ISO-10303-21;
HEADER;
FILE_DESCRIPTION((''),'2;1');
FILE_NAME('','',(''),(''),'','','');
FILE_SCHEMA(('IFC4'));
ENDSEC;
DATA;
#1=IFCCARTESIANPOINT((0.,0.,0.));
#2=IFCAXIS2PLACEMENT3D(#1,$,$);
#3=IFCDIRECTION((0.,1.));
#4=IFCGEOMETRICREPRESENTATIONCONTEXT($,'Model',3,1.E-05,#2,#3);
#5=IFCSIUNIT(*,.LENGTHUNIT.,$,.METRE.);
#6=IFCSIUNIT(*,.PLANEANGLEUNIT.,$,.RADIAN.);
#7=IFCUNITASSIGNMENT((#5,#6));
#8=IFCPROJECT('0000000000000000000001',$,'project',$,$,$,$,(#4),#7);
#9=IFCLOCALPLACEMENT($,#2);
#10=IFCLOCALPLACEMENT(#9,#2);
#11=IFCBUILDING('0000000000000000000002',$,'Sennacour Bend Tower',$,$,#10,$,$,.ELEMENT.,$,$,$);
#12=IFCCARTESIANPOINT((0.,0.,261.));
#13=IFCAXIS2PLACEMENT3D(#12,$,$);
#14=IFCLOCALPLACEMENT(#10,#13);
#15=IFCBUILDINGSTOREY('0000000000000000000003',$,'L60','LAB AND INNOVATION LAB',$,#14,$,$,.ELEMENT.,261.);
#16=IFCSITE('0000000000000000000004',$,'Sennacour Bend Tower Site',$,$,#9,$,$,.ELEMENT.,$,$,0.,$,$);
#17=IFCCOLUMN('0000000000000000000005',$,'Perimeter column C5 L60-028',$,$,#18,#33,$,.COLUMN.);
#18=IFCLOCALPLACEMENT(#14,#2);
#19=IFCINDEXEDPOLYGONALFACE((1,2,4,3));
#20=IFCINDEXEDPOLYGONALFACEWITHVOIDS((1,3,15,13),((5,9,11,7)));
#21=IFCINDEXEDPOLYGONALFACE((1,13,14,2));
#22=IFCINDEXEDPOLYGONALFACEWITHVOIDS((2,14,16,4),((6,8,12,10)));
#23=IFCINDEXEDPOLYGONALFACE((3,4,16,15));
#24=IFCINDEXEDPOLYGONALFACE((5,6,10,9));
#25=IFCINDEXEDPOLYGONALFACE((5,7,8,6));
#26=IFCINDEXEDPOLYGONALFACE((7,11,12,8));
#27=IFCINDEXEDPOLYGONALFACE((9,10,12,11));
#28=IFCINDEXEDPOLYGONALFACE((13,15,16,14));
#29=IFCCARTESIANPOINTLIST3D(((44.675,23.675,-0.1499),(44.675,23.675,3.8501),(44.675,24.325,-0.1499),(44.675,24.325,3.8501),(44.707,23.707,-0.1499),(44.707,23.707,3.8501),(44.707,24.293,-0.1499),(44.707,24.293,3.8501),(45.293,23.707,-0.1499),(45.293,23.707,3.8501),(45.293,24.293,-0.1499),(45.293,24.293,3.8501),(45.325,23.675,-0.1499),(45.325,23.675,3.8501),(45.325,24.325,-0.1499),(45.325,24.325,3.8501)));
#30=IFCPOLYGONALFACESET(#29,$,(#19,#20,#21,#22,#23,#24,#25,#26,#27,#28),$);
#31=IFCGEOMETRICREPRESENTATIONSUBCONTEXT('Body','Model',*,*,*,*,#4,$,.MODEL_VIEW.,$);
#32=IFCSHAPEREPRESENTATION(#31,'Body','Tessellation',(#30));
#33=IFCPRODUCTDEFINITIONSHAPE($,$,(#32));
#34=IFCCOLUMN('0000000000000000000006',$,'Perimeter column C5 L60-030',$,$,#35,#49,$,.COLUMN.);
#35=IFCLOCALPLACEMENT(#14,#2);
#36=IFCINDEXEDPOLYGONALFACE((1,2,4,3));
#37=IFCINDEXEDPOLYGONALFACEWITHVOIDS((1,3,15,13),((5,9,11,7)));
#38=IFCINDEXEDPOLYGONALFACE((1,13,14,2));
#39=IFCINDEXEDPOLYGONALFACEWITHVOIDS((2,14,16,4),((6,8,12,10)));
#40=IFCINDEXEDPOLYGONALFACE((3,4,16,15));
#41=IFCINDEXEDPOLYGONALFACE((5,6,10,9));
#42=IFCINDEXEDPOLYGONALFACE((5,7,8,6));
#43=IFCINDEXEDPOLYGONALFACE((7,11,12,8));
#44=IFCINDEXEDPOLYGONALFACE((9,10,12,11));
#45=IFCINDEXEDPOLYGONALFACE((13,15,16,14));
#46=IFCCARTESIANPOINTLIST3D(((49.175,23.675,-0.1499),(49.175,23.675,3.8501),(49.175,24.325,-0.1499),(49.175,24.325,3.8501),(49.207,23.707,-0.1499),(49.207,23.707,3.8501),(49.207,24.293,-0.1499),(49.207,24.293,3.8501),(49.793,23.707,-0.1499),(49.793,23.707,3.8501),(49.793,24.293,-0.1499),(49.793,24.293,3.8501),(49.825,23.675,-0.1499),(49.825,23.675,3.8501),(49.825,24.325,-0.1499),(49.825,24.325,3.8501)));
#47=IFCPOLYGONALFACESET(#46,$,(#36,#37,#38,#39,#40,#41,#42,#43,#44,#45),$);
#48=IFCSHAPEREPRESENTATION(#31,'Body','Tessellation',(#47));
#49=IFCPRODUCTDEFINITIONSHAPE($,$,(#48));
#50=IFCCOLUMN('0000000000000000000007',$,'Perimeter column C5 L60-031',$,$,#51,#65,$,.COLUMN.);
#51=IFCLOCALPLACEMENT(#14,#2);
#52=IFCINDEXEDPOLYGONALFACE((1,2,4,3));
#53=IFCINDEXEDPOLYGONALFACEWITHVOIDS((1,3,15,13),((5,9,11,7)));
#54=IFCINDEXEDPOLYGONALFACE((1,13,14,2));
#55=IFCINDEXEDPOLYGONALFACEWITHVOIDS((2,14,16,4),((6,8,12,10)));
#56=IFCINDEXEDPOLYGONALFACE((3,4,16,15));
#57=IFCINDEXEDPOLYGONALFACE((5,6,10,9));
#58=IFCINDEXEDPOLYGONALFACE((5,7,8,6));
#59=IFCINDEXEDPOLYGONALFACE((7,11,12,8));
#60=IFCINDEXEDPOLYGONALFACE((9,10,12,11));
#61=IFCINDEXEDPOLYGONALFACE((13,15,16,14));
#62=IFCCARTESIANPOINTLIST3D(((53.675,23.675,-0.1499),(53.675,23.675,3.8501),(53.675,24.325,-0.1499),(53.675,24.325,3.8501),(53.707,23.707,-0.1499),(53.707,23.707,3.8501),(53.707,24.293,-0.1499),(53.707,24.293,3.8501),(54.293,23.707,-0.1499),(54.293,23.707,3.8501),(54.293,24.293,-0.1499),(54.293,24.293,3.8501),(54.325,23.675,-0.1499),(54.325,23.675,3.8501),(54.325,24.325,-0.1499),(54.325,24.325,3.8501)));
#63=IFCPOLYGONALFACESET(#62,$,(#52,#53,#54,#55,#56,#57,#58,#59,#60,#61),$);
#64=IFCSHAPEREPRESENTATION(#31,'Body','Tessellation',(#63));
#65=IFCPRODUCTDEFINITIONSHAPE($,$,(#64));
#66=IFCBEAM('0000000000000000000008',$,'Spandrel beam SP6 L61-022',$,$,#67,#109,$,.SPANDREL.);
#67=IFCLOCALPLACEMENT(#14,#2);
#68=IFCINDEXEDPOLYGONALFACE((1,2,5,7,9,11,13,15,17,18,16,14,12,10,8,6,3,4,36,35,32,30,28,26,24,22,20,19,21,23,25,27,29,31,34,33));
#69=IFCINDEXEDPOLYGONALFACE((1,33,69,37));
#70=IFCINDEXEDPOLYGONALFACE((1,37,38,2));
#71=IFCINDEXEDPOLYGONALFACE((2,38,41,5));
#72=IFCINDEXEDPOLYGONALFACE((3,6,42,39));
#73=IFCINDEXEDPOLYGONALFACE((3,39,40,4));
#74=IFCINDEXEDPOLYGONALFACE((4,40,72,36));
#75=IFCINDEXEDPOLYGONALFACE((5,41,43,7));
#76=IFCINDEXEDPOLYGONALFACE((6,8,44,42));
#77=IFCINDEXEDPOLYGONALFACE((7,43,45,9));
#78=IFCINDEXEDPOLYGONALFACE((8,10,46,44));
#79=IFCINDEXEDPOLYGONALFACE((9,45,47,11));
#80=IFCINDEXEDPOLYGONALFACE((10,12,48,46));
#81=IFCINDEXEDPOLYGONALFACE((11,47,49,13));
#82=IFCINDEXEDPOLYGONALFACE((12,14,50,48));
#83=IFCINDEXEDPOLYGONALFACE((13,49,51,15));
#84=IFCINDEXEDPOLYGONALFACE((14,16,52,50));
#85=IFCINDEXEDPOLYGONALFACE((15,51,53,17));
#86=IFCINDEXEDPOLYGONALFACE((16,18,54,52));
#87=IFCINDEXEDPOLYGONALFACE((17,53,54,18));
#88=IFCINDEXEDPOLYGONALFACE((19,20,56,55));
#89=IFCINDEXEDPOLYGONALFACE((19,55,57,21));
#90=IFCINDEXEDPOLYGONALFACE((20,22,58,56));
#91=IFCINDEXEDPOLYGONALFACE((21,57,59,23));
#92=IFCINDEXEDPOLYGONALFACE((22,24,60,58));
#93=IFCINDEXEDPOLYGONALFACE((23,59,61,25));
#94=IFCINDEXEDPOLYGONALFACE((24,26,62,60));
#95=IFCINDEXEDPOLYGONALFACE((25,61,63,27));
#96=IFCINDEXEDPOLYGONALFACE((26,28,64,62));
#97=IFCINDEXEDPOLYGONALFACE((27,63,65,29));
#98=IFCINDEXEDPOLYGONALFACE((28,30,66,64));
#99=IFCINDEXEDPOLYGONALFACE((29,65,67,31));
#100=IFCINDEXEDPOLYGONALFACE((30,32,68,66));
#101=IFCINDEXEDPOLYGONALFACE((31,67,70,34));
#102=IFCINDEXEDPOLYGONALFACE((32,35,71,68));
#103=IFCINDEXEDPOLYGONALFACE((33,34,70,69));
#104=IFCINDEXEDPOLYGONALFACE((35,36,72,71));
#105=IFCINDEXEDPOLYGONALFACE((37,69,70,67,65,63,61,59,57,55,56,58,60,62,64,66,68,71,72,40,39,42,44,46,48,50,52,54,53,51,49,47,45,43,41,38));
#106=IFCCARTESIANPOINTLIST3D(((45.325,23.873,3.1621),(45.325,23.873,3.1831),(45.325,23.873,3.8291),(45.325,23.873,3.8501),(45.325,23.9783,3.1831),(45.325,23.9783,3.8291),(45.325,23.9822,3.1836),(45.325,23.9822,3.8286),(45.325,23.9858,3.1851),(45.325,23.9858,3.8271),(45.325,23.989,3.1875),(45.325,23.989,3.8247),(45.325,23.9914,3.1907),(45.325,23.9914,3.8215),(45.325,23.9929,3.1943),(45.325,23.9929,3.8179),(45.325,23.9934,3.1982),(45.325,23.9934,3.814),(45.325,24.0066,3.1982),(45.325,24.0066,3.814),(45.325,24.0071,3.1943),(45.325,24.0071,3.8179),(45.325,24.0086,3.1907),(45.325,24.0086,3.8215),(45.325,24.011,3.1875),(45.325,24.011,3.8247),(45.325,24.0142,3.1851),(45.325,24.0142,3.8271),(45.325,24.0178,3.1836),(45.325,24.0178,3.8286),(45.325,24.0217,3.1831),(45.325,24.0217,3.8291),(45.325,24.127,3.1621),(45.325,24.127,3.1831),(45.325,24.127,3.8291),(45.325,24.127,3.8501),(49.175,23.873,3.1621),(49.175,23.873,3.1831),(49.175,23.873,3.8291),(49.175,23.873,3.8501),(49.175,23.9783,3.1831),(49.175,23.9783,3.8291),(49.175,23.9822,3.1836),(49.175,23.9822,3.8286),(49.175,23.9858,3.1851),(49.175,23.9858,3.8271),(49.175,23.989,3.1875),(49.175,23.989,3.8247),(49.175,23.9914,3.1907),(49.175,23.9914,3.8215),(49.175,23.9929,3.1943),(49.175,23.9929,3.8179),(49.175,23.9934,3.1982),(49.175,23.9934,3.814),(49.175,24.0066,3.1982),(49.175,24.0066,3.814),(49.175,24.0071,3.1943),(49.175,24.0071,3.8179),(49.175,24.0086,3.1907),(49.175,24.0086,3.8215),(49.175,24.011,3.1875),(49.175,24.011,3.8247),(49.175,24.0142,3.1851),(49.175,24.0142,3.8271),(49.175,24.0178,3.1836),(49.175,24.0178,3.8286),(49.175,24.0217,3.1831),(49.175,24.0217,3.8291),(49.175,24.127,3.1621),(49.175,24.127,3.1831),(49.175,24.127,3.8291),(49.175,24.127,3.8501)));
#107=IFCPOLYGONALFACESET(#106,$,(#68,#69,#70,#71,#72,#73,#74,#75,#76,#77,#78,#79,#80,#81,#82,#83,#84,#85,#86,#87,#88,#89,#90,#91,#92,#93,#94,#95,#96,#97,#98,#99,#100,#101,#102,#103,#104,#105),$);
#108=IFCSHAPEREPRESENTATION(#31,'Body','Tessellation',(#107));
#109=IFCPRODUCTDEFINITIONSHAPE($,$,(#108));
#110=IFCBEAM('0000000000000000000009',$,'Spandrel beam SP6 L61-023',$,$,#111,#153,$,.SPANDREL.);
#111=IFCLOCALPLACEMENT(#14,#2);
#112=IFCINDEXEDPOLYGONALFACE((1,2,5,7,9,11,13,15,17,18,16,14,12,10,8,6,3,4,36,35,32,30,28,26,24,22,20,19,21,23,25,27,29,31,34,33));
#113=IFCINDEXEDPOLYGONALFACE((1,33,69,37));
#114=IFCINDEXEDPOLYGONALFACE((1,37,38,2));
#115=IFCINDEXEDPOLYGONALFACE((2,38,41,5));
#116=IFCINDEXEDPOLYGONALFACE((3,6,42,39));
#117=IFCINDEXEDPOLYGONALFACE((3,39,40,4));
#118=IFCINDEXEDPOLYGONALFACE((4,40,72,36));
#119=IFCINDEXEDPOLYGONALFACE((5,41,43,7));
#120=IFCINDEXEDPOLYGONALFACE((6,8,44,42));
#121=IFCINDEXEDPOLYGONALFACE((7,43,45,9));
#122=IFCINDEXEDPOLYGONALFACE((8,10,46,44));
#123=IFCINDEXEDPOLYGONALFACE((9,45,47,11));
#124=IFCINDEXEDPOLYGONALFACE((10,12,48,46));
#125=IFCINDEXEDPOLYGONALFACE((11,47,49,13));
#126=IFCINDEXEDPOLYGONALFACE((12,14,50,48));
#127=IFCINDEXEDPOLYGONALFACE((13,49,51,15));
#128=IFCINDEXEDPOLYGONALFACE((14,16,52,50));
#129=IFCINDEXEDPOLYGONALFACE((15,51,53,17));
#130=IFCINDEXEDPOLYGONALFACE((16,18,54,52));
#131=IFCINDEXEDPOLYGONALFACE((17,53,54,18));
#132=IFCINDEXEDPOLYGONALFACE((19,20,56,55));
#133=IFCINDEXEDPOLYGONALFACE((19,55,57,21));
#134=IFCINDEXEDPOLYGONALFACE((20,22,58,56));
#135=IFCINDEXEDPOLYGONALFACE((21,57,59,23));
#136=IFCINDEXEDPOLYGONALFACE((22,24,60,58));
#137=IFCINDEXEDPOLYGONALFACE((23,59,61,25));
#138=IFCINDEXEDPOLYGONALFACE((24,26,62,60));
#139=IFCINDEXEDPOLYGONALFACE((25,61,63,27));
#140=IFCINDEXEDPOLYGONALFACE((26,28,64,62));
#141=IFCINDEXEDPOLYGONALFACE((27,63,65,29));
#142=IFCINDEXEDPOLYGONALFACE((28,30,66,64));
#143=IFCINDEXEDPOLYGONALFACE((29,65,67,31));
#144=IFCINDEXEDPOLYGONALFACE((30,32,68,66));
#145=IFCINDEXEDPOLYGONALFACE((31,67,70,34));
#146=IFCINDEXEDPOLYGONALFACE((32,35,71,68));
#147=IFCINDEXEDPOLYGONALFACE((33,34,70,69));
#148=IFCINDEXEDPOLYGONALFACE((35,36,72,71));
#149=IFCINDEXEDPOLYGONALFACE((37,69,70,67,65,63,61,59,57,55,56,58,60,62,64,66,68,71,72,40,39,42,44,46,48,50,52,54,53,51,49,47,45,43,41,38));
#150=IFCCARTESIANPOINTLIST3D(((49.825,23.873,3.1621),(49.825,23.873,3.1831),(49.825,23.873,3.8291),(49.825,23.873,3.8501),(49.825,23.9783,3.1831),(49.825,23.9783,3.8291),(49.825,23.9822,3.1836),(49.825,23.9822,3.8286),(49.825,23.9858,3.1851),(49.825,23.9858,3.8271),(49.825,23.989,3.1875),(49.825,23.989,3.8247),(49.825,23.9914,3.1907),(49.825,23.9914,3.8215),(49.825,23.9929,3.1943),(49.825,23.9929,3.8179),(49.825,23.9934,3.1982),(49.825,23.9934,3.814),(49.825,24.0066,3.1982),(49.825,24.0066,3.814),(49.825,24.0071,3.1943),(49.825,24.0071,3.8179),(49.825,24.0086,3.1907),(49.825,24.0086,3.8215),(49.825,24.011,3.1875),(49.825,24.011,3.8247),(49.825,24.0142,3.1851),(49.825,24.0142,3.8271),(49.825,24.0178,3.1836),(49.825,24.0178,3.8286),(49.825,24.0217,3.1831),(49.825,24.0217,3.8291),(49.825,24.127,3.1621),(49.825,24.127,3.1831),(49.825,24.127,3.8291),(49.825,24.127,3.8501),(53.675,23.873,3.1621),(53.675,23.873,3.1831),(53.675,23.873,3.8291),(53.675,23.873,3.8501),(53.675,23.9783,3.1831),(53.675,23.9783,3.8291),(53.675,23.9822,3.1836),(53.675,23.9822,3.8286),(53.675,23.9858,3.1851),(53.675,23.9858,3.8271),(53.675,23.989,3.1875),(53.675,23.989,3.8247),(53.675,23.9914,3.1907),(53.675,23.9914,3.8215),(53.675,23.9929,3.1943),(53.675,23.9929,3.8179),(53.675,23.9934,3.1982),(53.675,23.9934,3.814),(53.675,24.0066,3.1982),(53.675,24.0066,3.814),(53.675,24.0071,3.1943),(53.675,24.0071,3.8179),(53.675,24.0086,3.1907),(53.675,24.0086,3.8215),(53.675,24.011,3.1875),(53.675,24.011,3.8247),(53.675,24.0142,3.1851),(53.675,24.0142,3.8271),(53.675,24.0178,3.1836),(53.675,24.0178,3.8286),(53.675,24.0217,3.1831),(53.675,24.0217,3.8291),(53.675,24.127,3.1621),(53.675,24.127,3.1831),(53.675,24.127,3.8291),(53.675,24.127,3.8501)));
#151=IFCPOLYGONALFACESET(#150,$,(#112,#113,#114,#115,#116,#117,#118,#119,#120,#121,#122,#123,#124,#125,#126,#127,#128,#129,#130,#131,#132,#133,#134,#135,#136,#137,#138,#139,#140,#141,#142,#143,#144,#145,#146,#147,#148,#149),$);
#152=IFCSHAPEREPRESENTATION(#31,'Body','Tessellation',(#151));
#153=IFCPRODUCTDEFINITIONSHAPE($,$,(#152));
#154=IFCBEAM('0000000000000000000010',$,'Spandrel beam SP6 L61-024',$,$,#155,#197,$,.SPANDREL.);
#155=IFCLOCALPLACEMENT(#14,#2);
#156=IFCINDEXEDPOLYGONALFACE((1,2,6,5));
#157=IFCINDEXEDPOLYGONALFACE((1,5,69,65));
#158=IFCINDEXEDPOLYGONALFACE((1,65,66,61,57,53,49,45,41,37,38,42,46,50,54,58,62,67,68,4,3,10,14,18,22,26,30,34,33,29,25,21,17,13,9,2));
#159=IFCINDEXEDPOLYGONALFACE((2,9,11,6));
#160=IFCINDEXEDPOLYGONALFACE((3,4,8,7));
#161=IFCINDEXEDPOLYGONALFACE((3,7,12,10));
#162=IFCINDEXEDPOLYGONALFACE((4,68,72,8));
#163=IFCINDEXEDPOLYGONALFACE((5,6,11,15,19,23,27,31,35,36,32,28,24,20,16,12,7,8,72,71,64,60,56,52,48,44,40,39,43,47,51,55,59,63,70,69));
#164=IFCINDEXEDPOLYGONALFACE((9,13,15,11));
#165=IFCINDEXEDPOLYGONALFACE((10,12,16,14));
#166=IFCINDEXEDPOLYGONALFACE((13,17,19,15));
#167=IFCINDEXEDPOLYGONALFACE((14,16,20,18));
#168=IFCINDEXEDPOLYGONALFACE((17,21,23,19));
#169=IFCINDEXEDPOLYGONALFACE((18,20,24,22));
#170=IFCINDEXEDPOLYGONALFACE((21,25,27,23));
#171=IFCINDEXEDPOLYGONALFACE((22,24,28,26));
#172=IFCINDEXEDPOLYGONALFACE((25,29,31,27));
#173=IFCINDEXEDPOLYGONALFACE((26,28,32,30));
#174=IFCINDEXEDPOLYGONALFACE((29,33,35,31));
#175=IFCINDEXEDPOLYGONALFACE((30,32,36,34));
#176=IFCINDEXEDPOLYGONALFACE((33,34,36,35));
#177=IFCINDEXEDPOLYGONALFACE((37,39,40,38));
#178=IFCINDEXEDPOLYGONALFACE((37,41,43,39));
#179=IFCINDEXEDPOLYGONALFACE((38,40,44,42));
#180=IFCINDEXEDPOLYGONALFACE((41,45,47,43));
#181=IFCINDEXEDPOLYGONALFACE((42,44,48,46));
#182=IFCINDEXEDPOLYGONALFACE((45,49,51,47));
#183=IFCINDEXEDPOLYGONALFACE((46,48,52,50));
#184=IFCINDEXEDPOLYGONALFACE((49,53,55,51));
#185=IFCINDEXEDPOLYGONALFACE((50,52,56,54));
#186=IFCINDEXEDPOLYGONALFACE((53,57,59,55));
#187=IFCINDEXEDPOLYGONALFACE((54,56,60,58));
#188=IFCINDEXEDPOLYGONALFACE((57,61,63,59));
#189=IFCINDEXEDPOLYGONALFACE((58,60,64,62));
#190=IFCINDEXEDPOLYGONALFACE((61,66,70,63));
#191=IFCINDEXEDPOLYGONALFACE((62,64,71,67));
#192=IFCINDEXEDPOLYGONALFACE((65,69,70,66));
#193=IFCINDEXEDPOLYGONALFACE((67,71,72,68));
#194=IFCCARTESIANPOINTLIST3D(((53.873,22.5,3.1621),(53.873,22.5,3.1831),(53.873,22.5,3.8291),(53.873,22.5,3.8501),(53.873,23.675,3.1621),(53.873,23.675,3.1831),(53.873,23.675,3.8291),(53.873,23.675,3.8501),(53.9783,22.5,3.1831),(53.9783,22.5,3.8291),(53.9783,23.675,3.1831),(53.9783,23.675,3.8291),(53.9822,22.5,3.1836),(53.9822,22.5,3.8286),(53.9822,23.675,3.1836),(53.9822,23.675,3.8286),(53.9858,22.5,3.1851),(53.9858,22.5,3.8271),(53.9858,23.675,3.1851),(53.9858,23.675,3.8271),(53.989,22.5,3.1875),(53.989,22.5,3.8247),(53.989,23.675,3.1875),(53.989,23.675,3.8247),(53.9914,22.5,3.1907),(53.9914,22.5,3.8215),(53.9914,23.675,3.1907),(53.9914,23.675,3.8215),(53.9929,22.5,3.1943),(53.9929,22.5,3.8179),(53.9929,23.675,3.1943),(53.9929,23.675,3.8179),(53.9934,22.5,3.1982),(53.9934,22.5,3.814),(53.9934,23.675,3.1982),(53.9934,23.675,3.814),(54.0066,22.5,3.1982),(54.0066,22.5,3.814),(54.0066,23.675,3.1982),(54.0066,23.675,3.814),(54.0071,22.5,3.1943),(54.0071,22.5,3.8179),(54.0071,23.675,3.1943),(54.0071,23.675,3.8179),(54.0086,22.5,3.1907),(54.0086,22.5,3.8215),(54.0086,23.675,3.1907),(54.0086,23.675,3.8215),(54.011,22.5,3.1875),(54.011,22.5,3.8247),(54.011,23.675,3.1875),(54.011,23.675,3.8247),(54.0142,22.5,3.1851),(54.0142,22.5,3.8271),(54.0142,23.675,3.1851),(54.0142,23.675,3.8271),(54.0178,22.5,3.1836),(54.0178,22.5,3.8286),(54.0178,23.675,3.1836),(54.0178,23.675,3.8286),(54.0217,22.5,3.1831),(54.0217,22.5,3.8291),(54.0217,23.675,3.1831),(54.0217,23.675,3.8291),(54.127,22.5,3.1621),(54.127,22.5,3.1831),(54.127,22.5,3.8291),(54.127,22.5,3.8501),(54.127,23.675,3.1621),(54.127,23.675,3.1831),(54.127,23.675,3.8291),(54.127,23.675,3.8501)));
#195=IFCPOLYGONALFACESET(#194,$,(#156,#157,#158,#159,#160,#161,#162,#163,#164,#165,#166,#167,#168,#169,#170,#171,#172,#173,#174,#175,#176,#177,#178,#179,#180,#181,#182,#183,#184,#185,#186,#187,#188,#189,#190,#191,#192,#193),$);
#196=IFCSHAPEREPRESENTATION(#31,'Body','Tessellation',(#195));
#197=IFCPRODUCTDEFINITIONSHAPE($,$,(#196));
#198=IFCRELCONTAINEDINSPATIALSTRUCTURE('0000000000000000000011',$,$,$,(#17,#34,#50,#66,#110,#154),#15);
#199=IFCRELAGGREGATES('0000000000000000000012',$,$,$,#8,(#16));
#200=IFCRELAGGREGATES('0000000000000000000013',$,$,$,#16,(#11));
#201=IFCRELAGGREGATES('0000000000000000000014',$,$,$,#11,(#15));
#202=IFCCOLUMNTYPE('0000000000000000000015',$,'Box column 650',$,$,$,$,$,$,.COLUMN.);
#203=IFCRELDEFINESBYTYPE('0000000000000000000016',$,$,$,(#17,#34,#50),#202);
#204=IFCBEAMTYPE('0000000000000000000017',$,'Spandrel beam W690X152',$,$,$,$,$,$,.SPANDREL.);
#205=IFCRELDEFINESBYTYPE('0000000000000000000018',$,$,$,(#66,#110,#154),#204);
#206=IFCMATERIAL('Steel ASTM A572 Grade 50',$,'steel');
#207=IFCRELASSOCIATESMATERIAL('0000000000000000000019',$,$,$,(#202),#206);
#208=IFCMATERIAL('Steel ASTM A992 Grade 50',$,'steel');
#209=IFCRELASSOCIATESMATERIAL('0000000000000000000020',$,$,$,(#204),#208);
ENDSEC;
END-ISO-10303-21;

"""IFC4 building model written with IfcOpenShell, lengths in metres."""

from ifc_helpers import new_model, si_unit, direction, frame, origin, origin_2d, place, context, subcontext, project, spatial, hollow_rectangle, i_section, extrude, material, material_profile, profile_set, type_object, element, save


model = new_model("IFC4")

# Units and contexts
model_context = context("Model", 3, precision=1e-05, world=origin(), true_north=direction((0.0, 1.0)))
body_context = subcontext(model_context, "Body", "Model", "MODEL_VIEW")
ifc_project = project(units=[si_unit("LENGTHUNIT", "METRE"), si_unit("PLANEANGLEUNIT", "RADIAN")], contexts=[model_context])

# Site, building, storey
site_placement = place(None, origin())
site = spatial("IfcSite", under=ifc_project, at=site_placement, Name="Sennacour Bend Tower Site", CompositionType="ELEMENT", RefElevation=0.0)
building_placement = place(site_placement, origin())
building = spatial("IfcBuilding", under=site, at=building_placement, Name="Sennacour Bend Tower", CompositionType="ELEMENT")
storey_placement = place(building_placement, frame((0.0, 0.0, 261.0)))
storey = spatial("IfcBuildingStorey", under=building, at=storey_placement, Name="L60", Description="LAB AND INNOVATION LAB", CompositionType="ELEMENT", Elevation=261.0)

# Columns
ifc_material_1 = material(Name="Steel ASTM A572 Grade 50", Category="steel")
ifc_material_profile_1 = material_profile(ifc_material_1, hollow_rectangle(XDim=0.6499, YDim=0.6499, WallThickness=0.032, at=origin_2d()), Name="Steel ASTM A572 Grade 50", Category="steel")
ifc_profile_set_1 = profile_set([ifc_material_profile_1], Name="Steel ASTM A572 Grade 50")
column_type = type_object("IfcColumnType", Name="Box column 650", PredefinedType="COLUMN", material=ifc_profile_set_1)
for number, where, z_axis, x_axis, name in (
    (1, (45.0, 24.0, -0.1499), (0.0, 0.0, 1.0), (1.0, 0.0, 0.0), "Perimeter column C5 L60-028"),
    (2, (49.5, 24.0, -0.1499), (0.0, 0.0, 1.0), (1.0, 0.0, 0.0), "Perimeter column C5 L60-030"),
    (3, (54.0, 24.0, -0.1499), (0.0, 0.0, 1.0), (1.0, 0.0, 0.0), "Perimeter column C5 L60-031"),
):
    element("IfcColumn", number, at=place(storey_placement, frame(where, z_axis=z_axis, x_axis=x_axis)), inside=storey, type_object=column_type, Name=name, PredefinedType="COLUMN", context=body_context, shape_type="SweptSolid", body=[
        extrude(hollow_rectangle(XDim=0.6499, YDim=0.6499, WallThickness=0.032, at=origin_2d()), origin(), (0.0, 0.0, 1.0), 4.0),
    ])

# Beams
ifc_material_2 = material(Name="Steel ASTM A992 Grade 50", Category="steel")
ifc_material_profile_2 = material_profile(ifc_material_2, i_section(OverallWidth=0.2539, OverallDepth=0.688, WebThickness=0.0132, FlangeThickness=0.021, FilletRadius=0.0151, at=origin_2d()), Name="Steel ASTM A992 Grade 50", Category="steel")
ifc_profile_set_2 = profile_set([ifc_material_profile_2], Name="Steel ASTM A992 Grade 50")
beam_type = type_object("IfcBeamType", Name="Spandrel beam W690X152", PredefinedType="SPANDREL", material=ifc_profile_set_2)
for number, where, z_axis, x_axis, name in (
    (4, (45.325, 24.0, 3.5061), (1.0, 0.0, 0.0), (0.0, 1.0, 0.0), "Spandrel beam SP6 L61-022"),
    (5, (49.825, 24.0, 3.5061), (1.0, 0.0, 0.0), (0.0, 1.0, 0.0), "Spandrel beam SP6 L61-023"),
):
    element("IfcBeam", number, at=place(storey_placement, frame(where, z_axis=z_axis, x_axis=x_axis)), inside=storey, type_object=beam_type, Name=name, PredefinedType="SPANDREL", context=body_context, shape_type="SweptSolid", body=[
        extrude(i_section(OverallWidth=0.2539, OverallDepth=0.688, WebThickness=0.0132, FlangeThickness=0.021, FilletRadius=0.0151, at=origin_2d()), origin(), (0.0, 0.0, 1.0), 3.8501),
    ])
beam_placement = place(storey_placement, frame((54.0, 23.675, 3.5061), z_axis=(0.0, -1.0, 0.0), x_axis=(1.0, 0.0, 0.0)))
element("IfcBeam", 6, at=beam_placement, inside=storey, type_object=beam_type, Name="Spandrel beam SP6 L61-024", PredefinedType="SPANDREL", context=body_context, shape_type="SweptSolid", body=[
    extrude(i_section(OverallWidth=0.2539, OverallDepth=0.688, WebThickness=0.0132, FlangeThickness=0.021, FilletRadius=0.0151, at=origin_2d()), origin(), (0.0, 0.0, 1.0), 1.175),
])

save(model, "model.ifc")
